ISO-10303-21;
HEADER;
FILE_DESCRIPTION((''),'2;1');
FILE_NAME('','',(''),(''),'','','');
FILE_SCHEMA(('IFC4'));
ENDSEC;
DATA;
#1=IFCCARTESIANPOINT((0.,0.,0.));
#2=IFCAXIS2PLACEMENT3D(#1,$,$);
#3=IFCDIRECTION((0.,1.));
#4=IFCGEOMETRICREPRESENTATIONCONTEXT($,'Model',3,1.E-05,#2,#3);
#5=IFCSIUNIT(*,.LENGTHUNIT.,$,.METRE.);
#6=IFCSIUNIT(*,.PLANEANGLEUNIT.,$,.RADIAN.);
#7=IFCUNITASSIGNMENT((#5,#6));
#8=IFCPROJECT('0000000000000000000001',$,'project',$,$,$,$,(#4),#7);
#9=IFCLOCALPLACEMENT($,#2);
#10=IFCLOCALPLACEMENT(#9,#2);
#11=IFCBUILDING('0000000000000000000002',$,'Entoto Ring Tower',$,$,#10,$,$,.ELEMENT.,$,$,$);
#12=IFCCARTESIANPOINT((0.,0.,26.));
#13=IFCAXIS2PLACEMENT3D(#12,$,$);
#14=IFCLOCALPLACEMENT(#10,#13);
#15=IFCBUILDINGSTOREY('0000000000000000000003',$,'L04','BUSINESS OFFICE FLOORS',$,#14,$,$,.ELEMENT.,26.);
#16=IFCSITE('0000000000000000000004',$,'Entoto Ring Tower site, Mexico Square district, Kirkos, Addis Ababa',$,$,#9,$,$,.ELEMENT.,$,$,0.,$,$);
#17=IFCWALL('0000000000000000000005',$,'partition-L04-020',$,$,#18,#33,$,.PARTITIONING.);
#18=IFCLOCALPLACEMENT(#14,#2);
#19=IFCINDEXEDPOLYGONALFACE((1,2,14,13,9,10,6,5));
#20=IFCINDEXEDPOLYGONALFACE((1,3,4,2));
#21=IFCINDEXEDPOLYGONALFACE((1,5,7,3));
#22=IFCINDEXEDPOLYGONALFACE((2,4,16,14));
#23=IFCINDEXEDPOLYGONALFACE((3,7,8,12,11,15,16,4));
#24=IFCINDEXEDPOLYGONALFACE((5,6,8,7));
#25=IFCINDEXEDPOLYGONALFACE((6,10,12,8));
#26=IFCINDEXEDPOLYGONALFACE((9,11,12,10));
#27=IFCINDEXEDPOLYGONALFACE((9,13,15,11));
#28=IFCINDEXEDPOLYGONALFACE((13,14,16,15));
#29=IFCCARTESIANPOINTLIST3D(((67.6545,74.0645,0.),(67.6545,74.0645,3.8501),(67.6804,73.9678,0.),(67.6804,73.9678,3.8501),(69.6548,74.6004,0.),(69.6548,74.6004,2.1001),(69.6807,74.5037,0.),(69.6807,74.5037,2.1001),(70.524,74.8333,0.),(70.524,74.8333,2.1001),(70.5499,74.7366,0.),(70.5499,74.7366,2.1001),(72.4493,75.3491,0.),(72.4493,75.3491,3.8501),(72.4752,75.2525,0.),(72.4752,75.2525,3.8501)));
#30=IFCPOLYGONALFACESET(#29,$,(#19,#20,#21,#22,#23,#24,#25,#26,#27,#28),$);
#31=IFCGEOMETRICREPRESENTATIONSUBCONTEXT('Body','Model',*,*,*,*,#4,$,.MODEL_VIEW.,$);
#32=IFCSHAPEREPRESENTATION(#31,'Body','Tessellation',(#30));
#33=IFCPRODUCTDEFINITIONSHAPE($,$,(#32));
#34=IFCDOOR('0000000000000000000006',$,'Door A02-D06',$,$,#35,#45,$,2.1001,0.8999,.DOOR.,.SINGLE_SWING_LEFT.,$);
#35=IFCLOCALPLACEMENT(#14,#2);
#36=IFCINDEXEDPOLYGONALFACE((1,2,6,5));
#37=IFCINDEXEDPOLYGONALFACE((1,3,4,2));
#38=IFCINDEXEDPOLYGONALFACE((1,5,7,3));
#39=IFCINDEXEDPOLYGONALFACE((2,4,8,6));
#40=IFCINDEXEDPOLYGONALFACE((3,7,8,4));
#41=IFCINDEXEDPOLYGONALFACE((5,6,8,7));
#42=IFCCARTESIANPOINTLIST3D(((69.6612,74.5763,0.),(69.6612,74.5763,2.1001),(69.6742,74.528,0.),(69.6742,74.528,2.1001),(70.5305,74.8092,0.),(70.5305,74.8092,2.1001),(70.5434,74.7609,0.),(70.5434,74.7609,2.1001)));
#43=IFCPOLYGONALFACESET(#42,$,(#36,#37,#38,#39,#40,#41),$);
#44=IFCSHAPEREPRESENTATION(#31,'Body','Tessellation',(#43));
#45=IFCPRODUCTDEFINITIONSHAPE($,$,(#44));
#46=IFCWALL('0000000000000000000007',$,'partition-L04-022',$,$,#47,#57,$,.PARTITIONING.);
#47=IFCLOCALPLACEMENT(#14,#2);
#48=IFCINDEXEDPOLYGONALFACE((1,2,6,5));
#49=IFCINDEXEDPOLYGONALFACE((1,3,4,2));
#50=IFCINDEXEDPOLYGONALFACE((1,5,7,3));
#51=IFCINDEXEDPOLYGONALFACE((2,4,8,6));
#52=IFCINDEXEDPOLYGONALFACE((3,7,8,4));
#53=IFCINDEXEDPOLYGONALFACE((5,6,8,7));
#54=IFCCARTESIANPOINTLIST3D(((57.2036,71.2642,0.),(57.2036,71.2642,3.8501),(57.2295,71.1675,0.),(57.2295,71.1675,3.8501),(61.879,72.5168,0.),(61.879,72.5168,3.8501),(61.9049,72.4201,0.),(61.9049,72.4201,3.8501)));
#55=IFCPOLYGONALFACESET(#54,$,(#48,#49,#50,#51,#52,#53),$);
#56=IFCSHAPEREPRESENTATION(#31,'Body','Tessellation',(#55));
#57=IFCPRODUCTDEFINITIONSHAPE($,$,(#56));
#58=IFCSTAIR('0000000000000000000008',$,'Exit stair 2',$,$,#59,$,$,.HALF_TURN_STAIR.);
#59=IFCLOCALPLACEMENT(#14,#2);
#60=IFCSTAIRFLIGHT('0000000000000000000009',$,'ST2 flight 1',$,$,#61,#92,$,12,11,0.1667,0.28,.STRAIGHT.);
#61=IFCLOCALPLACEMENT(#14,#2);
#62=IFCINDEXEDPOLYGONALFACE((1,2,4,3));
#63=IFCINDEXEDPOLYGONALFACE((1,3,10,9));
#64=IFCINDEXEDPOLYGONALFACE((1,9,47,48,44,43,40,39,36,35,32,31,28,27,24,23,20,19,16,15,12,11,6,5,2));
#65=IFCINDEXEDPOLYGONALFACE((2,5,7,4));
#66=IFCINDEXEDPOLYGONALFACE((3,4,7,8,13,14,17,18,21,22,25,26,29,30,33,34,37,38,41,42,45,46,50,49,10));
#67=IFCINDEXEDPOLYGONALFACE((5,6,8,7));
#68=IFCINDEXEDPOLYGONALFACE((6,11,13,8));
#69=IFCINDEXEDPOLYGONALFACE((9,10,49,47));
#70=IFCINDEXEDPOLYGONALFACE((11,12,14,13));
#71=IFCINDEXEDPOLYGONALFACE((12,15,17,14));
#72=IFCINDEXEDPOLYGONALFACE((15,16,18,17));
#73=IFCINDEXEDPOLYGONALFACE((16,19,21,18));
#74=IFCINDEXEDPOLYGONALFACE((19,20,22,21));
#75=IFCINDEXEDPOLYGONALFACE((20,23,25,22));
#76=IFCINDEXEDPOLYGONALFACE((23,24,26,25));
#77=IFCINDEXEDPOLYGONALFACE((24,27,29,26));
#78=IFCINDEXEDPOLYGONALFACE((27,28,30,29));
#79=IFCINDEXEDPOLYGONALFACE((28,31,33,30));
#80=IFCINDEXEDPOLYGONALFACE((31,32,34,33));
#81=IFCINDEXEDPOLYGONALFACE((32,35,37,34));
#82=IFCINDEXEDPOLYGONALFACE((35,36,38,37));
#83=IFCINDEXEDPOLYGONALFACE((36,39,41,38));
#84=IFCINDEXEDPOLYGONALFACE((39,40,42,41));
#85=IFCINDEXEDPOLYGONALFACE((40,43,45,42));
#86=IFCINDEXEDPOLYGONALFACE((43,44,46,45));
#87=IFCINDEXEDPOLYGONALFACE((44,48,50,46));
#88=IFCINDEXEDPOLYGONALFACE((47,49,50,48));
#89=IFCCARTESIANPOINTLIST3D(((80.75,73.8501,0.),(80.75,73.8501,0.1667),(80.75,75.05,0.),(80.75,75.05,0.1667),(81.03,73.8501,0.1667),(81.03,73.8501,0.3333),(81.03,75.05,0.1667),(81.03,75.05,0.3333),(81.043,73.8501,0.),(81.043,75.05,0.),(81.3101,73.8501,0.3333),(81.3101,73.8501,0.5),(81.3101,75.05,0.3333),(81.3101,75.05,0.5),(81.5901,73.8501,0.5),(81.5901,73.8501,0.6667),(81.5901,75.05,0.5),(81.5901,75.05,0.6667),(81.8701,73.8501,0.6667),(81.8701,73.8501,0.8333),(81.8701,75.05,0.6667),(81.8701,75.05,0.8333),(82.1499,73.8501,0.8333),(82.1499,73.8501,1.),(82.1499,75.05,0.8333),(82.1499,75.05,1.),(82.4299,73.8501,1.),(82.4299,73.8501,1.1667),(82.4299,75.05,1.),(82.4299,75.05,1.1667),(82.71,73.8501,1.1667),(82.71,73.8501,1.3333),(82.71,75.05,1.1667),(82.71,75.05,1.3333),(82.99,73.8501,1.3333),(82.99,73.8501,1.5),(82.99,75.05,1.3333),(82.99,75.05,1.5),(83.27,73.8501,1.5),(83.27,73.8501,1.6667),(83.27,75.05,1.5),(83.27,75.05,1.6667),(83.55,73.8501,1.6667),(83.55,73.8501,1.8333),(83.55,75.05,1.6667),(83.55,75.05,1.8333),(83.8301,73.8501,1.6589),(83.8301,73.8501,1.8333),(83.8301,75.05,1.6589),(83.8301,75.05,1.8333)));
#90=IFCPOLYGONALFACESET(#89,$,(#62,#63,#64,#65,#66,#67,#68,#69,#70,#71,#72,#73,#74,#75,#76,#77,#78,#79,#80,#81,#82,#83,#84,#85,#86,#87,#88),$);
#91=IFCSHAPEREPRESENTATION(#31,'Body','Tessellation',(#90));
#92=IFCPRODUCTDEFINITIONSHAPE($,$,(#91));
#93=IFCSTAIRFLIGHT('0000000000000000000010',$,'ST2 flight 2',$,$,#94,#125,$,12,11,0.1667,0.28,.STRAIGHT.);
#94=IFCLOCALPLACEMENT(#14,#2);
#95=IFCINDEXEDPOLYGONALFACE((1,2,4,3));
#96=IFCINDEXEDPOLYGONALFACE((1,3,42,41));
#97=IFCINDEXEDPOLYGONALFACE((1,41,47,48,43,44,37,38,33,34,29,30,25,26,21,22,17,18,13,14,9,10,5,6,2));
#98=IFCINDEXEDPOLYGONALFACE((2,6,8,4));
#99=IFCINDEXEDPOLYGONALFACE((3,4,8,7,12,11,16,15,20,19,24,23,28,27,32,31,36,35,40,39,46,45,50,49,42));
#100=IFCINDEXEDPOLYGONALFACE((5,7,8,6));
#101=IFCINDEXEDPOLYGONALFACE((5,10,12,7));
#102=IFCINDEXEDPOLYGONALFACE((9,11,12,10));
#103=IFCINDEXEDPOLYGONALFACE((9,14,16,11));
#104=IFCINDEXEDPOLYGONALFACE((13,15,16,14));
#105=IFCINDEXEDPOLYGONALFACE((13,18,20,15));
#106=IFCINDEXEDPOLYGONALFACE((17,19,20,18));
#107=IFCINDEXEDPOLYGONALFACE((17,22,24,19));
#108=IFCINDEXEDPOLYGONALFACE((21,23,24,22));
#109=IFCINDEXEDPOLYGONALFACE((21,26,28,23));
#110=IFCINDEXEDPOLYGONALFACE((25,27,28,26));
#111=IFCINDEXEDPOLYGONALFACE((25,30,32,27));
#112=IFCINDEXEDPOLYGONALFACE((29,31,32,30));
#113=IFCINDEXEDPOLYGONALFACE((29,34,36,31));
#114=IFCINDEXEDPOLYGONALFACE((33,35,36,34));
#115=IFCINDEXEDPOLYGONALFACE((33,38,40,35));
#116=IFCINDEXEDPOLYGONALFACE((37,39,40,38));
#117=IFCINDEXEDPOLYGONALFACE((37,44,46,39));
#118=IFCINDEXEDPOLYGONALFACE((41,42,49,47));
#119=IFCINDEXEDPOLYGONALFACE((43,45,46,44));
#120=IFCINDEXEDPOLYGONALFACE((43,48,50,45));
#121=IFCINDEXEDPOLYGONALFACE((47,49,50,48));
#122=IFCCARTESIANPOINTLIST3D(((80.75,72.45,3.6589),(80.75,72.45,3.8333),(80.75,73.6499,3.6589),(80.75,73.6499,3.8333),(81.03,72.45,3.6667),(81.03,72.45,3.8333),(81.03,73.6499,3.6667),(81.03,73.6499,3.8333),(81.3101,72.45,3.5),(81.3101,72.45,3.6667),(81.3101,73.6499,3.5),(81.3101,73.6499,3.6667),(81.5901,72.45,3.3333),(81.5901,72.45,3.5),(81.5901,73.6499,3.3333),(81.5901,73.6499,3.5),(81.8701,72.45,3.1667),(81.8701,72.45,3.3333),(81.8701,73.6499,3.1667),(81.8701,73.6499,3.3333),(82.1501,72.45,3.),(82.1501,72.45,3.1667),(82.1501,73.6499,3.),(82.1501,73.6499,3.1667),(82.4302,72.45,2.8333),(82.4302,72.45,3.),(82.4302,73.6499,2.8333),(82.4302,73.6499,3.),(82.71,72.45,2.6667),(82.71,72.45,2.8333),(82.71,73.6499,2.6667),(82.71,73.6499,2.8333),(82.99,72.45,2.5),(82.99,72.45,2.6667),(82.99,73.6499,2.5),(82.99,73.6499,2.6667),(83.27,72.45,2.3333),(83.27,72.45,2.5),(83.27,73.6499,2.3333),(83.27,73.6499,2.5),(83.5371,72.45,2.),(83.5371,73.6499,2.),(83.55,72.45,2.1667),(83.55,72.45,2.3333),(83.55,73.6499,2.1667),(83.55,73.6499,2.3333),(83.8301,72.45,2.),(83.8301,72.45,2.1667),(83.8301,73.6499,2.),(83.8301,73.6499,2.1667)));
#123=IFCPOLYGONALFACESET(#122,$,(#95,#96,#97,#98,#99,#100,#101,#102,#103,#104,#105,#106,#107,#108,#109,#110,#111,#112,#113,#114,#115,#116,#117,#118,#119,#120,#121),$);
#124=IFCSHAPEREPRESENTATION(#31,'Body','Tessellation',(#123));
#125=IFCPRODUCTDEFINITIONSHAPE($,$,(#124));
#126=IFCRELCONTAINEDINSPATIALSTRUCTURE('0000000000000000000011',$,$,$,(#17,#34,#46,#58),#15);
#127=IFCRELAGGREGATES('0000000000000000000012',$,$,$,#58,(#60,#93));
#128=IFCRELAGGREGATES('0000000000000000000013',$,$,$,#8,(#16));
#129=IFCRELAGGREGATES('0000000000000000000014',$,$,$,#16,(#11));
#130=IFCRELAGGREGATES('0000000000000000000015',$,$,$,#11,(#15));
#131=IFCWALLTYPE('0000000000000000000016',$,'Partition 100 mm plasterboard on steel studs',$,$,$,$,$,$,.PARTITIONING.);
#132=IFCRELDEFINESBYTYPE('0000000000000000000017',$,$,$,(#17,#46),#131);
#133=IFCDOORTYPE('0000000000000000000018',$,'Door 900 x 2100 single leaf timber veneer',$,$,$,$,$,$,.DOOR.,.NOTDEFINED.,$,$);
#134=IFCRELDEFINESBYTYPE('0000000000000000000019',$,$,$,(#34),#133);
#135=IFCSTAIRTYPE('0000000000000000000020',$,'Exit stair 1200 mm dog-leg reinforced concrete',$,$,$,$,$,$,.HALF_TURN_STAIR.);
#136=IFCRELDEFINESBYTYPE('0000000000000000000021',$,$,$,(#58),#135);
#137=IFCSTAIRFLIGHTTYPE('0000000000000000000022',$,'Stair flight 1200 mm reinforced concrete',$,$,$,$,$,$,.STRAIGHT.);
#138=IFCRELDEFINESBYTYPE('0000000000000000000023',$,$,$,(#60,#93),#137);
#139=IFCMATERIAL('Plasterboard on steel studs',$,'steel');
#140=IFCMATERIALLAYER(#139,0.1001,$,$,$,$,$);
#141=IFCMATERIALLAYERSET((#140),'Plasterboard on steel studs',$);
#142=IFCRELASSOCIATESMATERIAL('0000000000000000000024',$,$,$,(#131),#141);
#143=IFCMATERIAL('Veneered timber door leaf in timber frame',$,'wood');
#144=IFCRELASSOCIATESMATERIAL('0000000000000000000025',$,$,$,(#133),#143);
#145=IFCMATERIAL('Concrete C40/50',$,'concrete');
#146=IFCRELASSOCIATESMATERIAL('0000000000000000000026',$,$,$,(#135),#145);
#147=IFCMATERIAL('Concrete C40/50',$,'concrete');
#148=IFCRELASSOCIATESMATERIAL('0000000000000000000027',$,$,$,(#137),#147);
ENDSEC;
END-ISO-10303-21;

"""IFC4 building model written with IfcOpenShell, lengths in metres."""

from ifc_helpers import new_model, si_unit, direction, frame, frame_2d, origin, place, context, subcontext, project, spatial, polyline, rectangle, outline, extrude, material, layer, layer_set, type_object, element, fill, aggregate, save


model = new_model("IFC4")

# Units and contexts
model_context = context("Model", 3, precision=1e-05, world=origin(), true_north=direction((0.0, 1.0)))
body_context = subcontext(model_context, "Body", "Model", "MODEL_VIEW")
ifc_project = project(units=[si_unit("LENGTHUNIT", "METRE"), si_unit("PLANEANGLEUNIT", "RADIAN")], contexts=[model_context])

# Site, building, storey
site_placement = place(None, origin())
site = spatial("IfcSite", under=ifc_project, at=site_placement, Name="Entoto Ring Tower site, Mexico Square district, Kirkos, Addis Ababa", CompositionType="ELEMENT", RefElevation=0.0)
building_placement = place(site_placement, origin())
building = spatial("IfcBuilding", under=site, at=building_placement, Name="Entoto Ring Tower", CompositionType="ELEMENT")
storey_placement = place(building_placement, frame((0.0, 0.0, 26.0)))
storey = spatial("IfcBuildingStorey", under=building, at=storey_placement, Name="L04", Description="BUSINESS OFFICE FLOORS", CompositionType="ELEMENT", Elevation=26.0)

# Wall, opening, door
ifc_material_1 = material(Name="Plasterboard on steel studs", Category="steel")
ifc_layer_1 = layer(ifc_material_1, 0.1001)
ifc_layer_set_1 = layer_set([ifc_layer_1], Name="Plasterboard on steel studs")
wall_type_1 = type_object("IfcWallType", Name="Partition 100 mm plasterboard on steel studs", PredefinedType="PARTITIONING", material=ifc_layer_set_1)
wall_1_placement = place(storey_placement, frame((67.6675, 74.0161, 0.0), z_axis=(0.0, 0.0, 1.0), x_axis=(0.965929, 0.258807, 0.0)))
wall_1 = element("IfcWall", 1, at=wall_1_placement, inside=storey, type_object=wall_type_1, Name="partition-L04-020", PredefinedType="PARTITIONING", context=body_context, shape_type="SweptSolid", body=[
    extrude(rectangle(XDim=4.9639, YDim=0.1001, at=frame_2d((2.4819, 0.0))), origin(), (0.0, 0.0, 1.0), 3.8501),
])
opening_1_placement = place(wall_1_placement, frame((2.0708, 0.0, 0.0)))
opening_1 = element("IfcOpeningElement", 2, at=opening_1_placement, cuts=wall_1, PredefinedType="OPENING", context=body_context, shape_type="SweptSolid", body=[
    extrude(rectangle(XDim=0.8999, YDim=2.1001, at=frame_2d((0.45, 1.05))), frame((0.0, 0.0601, 0.0), z_axis=(0.0, -1.0, 0.0), x_axis=(1.0, 0.0, 0.0)), (0.0, 0.0, 1.0), 0.1201),
])
ifc_material_2 = material(Name="Veneered timber door leaf in timber frame", Category="wood")
door_type_1 = type_object("IfcDoorType", Name="Door 900 x 2100 single leaf timber veneer", OperationType="NOTDEFINED", PredefinedType="DOOR", material=ifc_material_2)
door_1_placement = place(opening_1_placement, frame((0.8999, 0.0, 0.0), z_axis=(0.0, 0.0, 1.0), x_axis=(-1.0, 0.0, 0.0)))
door_1 = element("IfcDoor", 3, at=door_1_placement, inside=storey, type_object=door_type_1, Name="Door A02-D06", OperationType="SINGLE_SWING_LEFT", OverallHeight=2.1001, OverallWidth=0.8999, PredefinedType="DOOR", context=body_context, shape_type="SweptSolid", body=[
    extrude(rectangle(XDim=0.8999, YDim=2.1001, at=frame_2d((0.45, 1.05))), frame((0.0, 0.0249, 0.0), z_axis=(0.0, -1.0, 0.0), x_axis=(1.0, 0.0, 0.0)), (0.0, 0.0, 1.0), 0.05),
])
fill(opening_1, door_1)

# Wall
wall_2_placement = place(storey_placement, frame((57.2166, 71.2158, 0.0), z_axis=(0.0, 0.0, 1.0), x_axis=(0.965932, 0.258796, 0.0)))
element("IfcWall", 4, at=wall_2_placement, inside=storey, type_object=wall_type_1, Name="partition-L04-022", PredefinedType="PARTITIONING", context=body_context, shape_type="SweptSolid", body=[
    extrude(rectangle(XDim=4.8403, YDim=0.1001, at=frame_2d((2.4202, 0.0))), origin(), (0.0, 0.0, 1.0), 3.8501),
])

# Stair, stair flights
ifc_material_3 = material(Name="Concrete C40/50", Category="concrete")
stair_type = type_object("IfcStairType", Name="Exit stair 1200 mm dog-leg reinforced concrete", PredefinedType="HALF_TURN_STAIR", material=ifc_material_3)
stair_placement = place(storey_placement, origin())
stair = element("IfcStair", 5, at=stair_placement, inside=storey, type_object=stair_type, Name="Exit stair 2", PredefinedType="HALF_TURN_STAIR")
ifc_material_4 = material(Name="Concrete C40/50", Category="concrete")
stair_flight_type = type_object("IfcStairFlightType", Name="Stair flight 1200 mm reinforced concrete", PredefinedType="STRAIGHT", material=ifc_material_4)
stair_flight_1_placement = place(storey_placement, frame((80.75, 74.45, 0.0), z_axis=(0.0, 0.0, 1.0), x_axis=(1.0, 0.0, 0.0)))
stair_flight_1 = element("IfcStairFlight", 6, at=stair_flight_1_placement, type_object=stair_flight_type, Name="ST2 flight 1", NumberOfRisers=12, NumberOfTreads=11, PredefinedType="STRAIGHT", RiserHeight=0.1667, TreadLength=0.28, context=body_context, shape_type="SweptSolid", body=[
    extrude(outline(polyline([(0.0, 0.0), (0.0, 0.1667), (0.28, 0.1667), (0.28, 0.3333), (0.5601, 0.3333), (0.5601, 0.5), (0.8401, 0.5), (0.8401, 0.6667), (1.1201, 0.6667), (1.1201, 0.8333), (1.3999, 0.8333), (1.3999, 1.0), (1.6799, 1.0), (1.6799, 1.1667), (1.96, 1.1667), (1.96, 1.3333), (2.24, 1.3333), (2.24, 1.5), (2.52, 1.5), (2.52, 1.6667), (2.8, 1.6667), (2.8, 1.8333), (3.0801, 1.8333), (3.0801, 2.0), (3.0801, 1.6589), (0.293, 0.0), (0.0, 0.0)])), frame((0.0, 0.6001, 0.0), z_axis=(0.0, -1.0, 0.0), x_axis=(1.0, 0.0, 0.0)), (0.0, 0.0, 1.0), 1.2),
])
stair_flight_2_placement = place(storey_placement, frame((83.8301, 73.05, 2.0), z_axis=(0.0, 0.0, 1.0), x_axis=(-1.0, 0.0, 0.0)))
stair_flight_2 = element("IfcStairFlight", 7, at=stair_flight_2_placement, type_object=stair_flight_type, Name="ST2 flight 2", NumberOfRisers=12, NumberOfTreads=11, PredefinedType="STRAIGHT", RiserHeight=0.1667, TreadLength=0.28, context=body_context, shape_type="SweptSolid", body=[
    extrude(outline(polyline([(0.0, 0.0), (0.0, 0.1667), (0.28, 0.1667), (0.28, 0.3333), (0.5601, 0.3333), (0.5601, 0.5), (0.8401, 0.5), (0.8401, 0.6667), (1.1201, 0.6667), (1.1201, 0.8333), (1.3999, 0.8333), (1.3999, 1.0), (1.6799, 1.0), (1.6799, 1.1667), (1.96, 1.1667), (1.96, 1.3333), (2.24, 1.3333), (2.24, 1.5), (2.52, 1.5), (2.52, 1.6667), (2.8, 1.6667), (2.8, 1.8333), (3.0801, 1.8333), (3.0801, 2.0), (3.0801, 1.6589), (0.293, 0.0), (0.0, 0.0)])), frame((0.0, 0.6001, 0.0), z_axis=(0.0, -1.0, 0.0), x_axis=(1.0, 0.0, 0.0)), (0.0, 0.0, 1.0), 1.2),
])
aggregate(stair, [stair_flight_1, stair_flight_2])

save(model, "model.ifc")
